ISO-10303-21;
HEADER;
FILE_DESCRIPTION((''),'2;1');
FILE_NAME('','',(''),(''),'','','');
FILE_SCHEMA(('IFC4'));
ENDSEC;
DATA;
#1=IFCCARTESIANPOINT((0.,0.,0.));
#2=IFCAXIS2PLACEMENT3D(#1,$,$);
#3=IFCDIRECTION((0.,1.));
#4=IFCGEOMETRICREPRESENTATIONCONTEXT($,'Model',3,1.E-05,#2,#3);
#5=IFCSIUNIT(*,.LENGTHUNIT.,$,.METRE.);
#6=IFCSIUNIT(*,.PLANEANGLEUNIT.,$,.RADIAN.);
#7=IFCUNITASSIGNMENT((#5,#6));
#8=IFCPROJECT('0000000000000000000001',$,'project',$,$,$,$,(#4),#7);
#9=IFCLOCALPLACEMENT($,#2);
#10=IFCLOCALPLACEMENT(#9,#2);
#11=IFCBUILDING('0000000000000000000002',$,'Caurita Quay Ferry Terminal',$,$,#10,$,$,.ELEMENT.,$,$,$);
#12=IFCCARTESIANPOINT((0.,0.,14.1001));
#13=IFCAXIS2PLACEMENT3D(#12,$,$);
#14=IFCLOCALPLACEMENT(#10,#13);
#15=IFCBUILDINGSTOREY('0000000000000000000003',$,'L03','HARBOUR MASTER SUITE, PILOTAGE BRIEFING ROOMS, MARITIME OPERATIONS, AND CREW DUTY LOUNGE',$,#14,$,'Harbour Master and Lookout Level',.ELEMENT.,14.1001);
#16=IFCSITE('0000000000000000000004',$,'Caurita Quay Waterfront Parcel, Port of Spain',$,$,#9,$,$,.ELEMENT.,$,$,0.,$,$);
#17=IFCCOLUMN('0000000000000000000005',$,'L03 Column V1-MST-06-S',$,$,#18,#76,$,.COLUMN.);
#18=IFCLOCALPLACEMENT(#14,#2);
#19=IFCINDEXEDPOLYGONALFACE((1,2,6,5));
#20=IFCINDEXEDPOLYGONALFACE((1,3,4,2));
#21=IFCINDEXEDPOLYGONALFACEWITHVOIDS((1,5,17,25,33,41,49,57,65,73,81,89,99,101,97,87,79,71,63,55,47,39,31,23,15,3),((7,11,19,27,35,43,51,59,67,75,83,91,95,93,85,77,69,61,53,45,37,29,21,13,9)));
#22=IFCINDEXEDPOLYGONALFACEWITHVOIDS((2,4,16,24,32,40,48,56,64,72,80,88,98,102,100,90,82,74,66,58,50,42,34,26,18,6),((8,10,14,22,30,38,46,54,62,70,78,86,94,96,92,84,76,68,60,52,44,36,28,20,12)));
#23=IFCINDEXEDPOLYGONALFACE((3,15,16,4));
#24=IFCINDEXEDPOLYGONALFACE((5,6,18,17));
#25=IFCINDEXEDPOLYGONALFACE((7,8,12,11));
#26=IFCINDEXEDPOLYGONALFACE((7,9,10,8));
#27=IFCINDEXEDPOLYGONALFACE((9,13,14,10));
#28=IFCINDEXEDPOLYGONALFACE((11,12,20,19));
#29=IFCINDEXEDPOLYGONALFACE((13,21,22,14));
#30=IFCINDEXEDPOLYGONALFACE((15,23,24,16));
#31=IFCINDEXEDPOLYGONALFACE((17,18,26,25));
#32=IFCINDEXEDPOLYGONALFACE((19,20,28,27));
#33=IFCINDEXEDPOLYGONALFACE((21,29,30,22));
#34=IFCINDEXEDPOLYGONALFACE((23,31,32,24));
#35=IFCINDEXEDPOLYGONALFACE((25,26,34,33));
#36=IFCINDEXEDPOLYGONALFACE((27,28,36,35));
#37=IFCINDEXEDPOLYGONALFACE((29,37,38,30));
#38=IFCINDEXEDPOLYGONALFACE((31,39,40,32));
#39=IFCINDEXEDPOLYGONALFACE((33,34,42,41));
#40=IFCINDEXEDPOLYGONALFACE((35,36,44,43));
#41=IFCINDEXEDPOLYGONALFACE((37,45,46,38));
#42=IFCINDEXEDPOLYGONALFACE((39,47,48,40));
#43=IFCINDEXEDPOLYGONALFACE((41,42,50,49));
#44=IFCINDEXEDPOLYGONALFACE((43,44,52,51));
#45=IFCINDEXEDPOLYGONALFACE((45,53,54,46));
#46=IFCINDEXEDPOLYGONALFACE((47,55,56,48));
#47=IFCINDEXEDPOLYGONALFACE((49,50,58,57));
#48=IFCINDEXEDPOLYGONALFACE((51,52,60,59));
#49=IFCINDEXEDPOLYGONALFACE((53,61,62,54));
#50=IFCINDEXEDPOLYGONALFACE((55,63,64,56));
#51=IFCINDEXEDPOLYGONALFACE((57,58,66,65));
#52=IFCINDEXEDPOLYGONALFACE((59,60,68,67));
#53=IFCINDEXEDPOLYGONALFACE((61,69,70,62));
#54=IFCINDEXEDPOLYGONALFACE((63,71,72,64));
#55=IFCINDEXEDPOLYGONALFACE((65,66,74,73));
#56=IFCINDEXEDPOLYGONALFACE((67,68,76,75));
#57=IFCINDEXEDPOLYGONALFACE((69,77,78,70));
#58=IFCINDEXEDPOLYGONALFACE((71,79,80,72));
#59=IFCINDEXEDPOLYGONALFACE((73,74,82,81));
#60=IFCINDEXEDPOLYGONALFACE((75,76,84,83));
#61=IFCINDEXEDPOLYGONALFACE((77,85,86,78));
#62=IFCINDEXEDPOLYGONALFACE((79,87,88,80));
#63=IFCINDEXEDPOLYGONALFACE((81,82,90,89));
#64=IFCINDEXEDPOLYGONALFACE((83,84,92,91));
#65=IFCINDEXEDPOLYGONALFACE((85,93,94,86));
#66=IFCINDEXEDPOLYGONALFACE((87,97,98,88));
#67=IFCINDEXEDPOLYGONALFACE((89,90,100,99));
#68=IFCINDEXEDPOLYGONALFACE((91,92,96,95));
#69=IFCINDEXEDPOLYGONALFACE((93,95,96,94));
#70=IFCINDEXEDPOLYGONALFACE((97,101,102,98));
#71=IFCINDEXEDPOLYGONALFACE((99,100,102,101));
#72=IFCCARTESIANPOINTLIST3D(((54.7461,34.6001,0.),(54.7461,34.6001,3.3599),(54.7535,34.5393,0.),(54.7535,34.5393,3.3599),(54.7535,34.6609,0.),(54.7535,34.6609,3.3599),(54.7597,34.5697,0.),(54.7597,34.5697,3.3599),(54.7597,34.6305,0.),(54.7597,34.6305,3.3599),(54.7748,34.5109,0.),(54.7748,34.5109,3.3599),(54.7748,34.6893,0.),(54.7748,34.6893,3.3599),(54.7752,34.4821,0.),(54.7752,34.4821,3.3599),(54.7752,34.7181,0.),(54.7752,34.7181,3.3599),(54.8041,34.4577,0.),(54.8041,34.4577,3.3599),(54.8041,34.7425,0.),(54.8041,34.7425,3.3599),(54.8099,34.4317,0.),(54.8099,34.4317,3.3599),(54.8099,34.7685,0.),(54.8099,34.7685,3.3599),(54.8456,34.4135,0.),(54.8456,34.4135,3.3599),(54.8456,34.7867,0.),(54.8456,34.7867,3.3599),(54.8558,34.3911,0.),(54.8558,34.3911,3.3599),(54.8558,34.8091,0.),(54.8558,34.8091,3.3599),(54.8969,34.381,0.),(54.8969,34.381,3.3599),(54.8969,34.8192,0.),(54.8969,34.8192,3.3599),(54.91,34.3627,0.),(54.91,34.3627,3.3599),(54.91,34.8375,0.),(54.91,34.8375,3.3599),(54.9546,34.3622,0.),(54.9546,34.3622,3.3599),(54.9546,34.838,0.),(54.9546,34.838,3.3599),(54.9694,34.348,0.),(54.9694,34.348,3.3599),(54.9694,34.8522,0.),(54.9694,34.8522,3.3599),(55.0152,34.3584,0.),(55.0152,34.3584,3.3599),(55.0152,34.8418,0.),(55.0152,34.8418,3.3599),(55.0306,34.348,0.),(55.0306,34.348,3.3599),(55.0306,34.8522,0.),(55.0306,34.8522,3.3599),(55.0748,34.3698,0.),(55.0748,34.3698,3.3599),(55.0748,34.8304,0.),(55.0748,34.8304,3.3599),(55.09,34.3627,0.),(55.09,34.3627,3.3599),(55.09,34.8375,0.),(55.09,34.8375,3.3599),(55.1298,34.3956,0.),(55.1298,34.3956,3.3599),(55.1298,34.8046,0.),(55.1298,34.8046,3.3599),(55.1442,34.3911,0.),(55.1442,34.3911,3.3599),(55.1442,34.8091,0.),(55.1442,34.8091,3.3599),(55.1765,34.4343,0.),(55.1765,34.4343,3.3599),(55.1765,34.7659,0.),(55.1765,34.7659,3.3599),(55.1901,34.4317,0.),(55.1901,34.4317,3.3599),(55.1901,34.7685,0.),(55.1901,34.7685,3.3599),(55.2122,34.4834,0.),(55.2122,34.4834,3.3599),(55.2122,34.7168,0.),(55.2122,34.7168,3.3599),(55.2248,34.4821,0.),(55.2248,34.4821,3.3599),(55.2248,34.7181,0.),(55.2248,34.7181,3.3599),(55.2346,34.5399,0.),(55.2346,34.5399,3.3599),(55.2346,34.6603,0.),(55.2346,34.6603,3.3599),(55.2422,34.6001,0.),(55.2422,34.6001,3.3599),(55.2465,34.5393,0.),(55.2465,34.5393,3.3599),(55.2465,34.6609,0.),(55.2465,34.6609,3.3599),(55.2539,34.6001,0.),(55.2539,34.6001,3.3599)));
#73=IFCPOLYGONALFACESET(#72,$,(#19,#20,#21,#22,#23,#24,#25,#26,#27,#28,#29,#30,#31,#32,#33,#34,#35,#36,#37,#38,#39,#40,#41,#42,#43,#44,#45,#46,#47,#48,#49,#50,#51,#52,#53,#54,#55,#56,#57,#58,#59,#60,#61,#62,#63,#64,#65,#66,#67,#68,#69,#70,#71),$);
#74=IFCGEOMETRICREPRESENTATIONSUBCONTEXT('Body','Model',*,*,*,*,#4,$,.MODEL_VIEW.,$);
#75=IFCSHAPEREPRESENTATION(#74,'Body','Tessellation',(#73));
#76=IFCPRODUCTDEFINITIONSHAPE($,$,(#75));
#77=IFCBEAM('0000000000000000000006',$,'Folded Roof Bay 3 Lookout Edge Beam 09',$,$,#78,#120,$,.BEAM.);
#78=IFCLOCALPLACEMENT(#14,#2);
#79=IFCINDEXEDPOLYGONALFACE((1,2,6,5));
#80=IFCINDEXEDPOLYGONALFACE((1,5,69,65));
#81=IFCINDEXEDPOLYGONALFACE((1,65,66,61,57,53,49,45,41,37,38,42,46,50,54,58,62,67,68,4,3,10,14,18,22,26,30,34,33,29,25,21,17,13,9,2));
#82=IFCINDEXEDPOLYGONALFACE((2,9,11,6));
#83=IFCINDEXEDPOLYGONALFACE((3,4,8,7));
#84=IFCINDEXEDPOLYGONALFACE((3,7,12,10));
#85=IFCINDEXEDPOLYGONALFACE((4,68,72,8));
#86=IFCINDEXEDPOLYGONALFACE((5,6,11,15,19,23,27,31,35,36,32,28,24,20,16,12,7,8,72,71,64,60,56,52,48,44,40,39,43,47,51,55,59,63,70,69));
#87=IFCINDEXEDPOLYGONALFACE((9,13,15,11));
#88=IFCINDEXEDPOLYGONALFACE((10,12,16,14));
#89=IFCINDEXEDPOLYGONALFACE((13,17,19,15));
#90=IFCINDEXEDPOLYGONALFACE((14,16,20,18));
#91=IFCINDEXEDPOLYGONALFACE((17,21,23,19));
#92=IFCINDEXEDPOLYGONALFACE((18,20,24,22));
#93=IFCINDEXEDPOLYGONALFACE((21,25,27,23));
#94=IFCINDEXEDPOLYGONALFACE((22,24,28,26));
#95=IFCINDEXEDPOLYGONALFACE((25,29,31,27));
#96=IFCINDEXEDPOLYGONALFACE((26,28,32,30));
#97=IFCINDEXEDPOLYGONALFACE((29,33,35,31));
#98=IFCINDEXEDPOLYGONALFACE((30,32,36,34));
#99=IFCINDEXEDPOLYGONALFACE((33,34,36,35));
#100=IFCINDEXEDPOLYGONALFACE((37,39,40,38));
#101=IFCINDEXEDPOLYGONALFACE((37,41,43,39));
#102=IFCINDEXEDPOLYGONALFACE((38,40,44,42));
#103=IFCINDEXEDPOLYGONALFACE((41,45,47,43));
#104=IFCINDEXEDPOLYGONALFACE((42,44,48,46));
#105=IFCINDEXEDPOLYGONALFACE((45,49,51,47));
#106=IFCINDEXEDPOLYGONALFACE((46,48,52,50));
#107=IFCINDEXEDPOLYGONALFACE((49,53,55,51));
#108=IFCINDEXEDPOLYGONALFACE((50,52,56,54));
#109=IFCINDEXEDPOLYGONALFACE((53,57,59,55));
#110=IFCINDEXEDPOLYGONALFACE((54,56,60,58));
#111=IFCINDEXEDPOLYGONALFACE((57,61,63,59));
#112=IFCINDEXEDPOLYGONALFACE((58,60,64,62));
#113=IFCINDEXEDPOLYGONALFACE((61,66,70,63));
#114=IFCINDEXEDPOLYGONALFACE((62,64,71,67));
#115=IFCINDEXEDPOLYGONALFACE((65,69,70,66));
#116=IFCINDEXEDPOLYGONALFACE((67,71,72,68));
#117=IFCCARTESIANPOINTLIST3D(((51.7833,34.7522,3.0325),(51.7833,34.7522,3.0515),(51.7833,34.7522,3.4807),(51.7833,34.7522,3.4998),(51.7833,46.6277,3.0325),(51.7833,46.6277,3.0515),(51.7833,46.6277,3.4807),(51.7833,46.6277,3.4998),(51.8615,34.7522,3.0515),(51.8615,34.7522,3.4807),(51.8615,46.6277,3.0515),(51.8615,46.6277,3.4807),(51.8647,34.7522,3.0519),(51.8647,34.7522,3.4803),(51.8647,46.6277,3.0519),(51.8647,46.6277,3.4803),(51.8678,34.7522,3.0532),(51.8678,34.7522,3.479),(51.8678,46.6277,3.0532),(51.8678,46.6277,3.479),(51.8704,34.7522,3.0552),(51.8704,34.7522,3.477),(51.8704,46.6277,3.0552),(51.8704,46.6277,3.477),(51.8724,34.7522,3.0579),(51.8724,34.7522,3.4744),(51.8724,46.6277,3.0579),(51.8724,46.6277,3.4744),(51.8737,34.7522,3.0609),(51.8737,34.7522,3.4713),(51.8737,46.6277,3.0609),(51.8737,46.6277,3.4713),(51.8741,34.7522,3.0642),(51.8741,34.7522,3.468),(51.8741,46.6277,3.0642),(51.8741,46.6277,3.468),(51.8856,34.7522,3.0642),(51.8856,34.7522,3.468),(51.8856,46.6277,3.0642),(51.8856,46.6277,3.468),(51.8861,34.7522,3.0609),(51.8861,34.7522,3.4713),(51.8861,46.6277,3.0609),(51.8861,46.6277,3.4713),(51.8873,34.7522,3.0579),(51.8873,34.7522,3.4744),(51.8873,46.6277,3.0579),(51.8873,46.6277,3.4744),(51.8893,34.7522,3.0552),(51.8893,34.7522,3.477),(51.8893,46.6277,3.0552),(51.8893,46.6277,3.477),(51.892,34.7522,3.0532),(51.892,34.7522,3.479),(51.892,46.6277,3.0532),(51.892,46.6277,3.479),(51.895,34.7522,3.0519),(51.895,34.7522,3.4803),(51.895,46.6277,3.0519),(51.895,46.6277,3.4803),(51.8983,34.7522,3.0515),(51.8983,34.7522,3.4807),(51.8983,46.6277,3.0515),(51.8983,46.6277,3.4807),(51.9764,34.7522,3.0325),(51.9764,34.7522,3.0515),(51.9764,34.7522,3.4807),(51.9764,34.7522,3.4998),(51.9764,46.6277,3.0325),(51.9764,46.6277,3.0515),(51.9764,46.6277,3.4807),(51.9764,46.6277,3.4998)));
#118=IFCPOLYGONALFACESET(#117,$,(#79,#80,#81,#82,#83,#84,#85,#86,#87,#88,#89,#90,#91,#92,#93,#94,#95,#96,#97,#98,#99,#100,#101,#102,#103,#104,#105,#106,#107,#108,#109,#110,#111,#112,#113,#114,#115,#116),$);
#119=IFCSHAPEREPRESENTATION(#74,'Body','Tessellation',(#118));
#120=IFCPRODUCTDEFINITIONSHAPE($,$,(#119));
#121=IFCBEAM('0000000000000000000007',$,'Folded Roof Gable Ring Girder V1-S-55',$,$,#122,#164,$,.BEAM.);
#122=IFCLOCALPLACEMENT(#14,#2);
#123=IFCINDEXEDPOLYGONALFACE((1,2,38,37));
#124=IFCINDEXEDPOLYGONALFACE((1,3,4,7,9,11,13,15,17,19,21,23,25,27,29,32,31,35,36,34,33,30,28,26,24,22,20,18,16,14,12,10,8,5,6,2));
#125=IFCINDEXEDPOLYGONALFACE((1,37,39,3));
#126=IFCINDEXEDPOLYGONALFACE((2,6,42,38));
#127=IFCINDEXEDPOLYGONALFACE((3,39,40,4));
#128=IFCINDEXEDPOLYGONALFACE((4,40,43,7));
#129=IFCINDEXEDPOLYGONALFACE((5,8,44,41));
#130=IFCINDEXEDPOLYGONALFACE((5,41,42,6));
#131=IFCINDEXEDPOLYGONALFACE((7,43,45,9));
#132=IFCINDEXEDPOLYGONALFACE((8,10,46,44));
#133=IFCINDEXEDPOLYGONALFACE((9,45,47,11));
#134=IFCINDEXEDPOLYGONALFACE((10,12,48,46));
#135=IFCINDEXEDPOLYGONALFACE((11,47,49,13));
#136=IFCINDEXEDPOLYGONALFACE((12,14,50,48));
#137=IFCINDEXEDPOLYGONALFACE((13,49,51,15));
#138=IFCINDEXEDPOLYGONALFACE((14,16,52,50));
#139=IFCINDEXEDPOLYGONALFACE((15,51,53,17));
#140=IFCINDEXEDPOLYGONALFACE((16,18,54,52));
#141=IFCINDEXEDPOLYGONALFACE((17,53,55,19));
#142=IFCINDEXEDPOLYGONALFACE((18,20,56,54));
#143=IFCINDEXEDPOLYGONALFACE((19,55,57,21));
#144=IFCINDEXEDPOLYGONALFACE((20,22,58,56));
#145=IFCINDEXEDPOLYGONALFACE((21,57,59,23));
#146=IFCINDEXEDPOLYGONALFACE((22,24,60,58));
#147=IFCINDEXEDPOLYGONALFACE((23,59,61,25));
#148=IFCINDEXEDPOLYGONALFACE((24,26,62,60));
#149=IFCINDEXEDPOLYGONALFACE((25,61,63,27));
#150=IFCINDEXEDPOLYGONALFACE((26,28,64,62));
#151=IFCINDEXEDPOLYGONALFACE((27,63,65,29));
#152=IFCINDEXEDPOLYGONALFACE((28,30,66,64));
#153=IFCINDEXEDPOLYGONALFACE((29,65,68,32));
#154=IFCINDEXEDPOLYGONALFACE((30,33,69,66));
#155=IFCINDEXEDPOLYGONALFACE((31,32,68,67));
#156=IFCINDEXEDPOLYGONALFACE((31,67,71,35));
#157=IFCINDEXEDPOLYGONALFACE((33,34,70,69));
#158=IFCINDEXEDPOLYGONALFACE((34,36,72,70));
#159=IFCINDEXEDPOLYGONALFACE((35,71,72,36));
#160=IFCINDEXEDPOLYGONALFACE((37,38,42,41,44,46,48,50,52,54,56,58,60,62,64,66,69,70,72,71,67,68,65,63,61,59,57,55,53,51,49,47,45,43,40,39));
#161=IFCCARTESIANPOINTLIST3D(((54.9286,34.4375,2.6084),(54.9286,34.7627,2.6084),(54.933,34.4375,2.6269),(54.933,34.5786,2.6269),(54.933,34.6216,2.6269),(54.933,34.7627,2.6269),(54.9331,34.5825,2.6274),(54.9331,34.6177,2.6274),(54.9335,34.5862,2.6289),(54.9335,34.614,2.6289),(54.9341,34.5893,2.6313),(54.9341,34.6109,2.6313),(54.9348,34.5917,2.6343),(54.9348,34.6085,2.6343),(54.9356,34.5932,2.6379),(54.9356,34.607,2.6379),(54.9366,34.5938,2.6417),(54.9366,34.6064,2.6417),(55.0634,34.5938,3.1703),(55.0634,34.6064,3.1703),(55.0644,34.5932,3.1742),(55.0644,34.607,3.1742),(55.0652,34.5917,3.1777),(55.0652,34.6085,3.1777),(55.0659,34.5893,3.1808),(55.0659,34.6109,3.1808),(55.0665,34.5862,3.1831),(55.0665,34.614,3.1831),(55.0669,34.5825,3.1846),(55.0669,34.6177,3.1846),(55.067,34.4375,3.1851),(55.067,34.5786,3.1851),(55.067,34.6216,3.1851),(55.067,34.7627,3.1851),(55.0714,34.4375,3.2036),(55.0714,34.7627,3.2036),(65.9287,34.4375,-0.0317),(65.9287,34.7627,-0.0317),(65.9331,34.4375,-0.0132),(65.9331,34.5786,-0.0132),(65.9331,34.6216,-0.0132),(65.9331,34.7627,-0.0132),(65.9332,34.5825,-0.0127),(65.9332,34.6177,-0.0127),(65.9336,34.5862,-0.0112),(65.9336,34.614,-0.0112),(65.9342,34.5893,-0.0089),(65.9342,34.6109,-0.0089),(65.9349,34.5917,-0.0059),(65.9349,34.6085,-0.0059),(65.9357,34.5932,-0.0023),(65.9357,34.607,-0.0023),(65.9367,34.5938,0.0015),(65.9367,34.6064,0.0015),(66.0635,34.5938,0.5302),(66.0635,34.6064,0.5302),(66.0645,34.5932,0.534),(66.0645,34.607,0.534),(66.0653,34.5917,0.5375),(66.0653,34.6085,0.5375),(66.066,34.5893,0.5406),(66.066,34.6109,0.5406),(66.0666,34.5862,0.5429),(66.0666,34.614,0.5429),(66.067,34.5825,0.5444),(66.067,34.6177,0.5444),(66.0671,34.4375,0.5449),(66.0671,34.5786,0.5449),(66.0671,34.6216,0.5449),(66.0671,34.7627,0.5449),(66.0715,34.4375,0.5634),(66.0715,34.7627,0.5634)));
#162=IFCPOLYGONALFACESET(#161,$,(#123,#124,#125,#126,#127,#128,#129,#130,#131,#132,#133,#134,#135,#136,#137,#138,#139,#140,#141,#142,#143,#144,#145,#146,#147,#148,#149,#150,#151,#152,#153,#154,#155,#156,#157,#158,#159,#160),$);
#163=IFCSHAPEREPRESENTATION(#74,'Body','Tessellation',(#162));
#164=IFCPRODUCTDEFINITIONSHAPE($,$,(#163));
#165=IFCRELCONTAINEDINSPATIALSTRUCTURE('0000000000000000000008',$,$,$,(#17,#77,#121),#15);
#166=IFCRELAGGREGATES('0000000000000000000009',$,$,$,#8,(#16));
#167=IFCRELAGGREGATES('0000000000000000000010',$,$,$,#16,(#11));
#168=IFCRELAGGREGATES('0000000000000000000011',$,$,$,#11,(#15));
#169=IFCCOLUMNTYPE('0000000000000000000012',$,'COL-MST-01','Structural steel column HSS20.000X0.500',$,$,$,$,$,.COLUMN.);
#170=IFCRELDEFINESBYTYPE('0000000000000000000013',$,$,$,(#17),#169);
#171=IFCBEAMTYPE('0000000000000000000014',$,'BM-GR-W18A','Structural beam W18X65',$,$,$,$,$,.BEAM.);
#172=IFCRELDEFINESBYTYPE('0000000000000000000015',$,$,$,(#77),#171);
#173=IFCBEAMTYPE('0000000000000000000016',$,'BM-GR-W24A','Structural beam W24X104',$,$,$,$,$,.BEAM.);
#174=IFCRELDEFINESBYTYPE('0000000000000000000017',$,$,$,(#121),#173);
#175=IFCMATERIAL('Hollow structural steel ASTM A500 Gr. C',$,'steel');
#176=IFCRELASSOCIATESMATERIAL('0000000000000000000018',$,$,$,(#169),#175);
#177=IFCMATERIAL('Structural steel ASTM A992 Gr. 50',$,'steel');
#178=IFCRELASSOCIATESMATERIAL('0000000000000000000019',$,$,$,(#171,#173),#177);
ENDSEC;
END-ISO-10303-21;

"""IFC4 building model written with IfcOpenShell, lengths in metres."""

from ifc_helpers import new_model, si_unit, direction, frame, origin, origin_2d, place, context, subcontext, project, spatial, hollow_circle, i_section, extrude, material, material_profile, profile_set, type_object, element, save


model = new_model("IFC4")

# Units and contexts
model_context = context("Model", 3, precision=1e-05, world=origin(), true_north=direction((0.0, 1.0)))
body_context = subcontext(model_context, "Body", "Model", "MODEL_VIEW")
ifc_project = project(units=[si_unit("LENGTHUNIT", "METRE"), si_unit("PLANEANGLEUNIT", "RADIAN")], contexts=[model_context])

# Site, building, storey
site_placement = place(None, origin())
site = spatial("IfcSite", under=ifc_project, at=site_placement, Name="Caurita Quay Waterfront Parcel, Port of Spain", CompositionType="ELEMENT", RefElevation=0.0)
building_placement = place(site_placement, origin())
building = spatial("IfcBuilding", under=site, at=building_placement, Name="Caurita Quay Ferry Terminal", CompositionType="ELEMENT")
storey_placement = place(building_placement, frame((0.0, 0.0, 14.1001)))
storey = spatial("IfcBuildingStorey", under=building, at=storey_placement, Name="L03", Description="HARBOUR MASTER SUITE, PILOTAGE BRIEFING ROOMS, MARITIME OPERATIONS, AND CREW DUTY LOUNGE", LongName="Harbour Master and Lookout Level", CompositionType="ELEMENT", Elevation=14.1001)

# Column
ifc_material_1 = material(Name="Hollow structural steel ASTM A500 Gr. C", Category="steel")
ifc_material_profile_1 = material_profile(ifc_material_1, hollow_circle(Radius=0.2539, WallThickness=0.0117, at=origin_2d()), Name="HSS20.000X0.500")
ifc_profile_set_1 = profile_set([ifc_material_profile_1], Name="Hollow structural steel ASTM A500 Gr. C")
column_type = type_object("IfcColumnType", Name="COL-MST-01", Description="Structural steel column HSS20.000X0.500", PredefinedType="COLUMN", material=ifc_profile_set_1)
column_placement = place(storey_placement, frame((55.0, 34.6001, 0.0), z_axis=(0.0, 0.0, 1.0), x_axis=(1.0, 0.0, 0.0)))
element("IfcColumn", 1, at=column_placement, inside=storey, type_object=column_type, Name="L03 Column V1-MST-06-S", PredefinedType="COLUMN", context=body_context, shape_type="SweptSolid", body=[
    extrude(hollow_circle(Radius=0.2539, WallThickness=0.0117, at=origin_2d()), origin(), (0.0, 0.0, 1.0), 3.3599),
])

# Beams
ifc_material_2 = material(Name="Structural steel ASTM A992 Gr. 50", Category="steel")
ifc_material_profile_2 = material_profile(ifc_material_2, i_section(OverallWidth=0.1931, OverallDepth=0.4673, WebThickness=0.0115, FlangeThickness=0.019, FilletRadius=0.0127, at=origin_2d()), Name="W18X65")
ifc_profile_set_2 = profile_set([ifc_material_profile_2], Name="Structural steel ASTM A992 Gr. 50")
beam_type_1 = type_object("IfcBeamType", Name="BM-GR-W18A", Description="Structural beam W18X65", PredefinedType="BEAM", material=ifc_profile_set_2)
beam_1_placement = place(storey_placement, frame((51.8799, 46.6277, 3.2661), z_axis=(0.0, -1.0, 0.0), x_axis=(1.0, 0.0, 0.0)))
element("IfcBeam", 2, at=beam_1_placement, inside=storey, type_object=beam_type_1, Name="Folded Roof Bay 3 Lookout Edge Beam 09", PredefinedType="BEAM", context=body_context, shape_type="SweptSolid", body=[
    extrude(i_section(OverallWidth=0.1931, OverallDepth=0.4673, WebThickness=0.0115, FlangeThickness=0.019, FilletRadius=0.0127, at=origin_2d()), origin(), (0.0, 0.0, 1.0), 11.8755),
])
ifc_material_profile_3 = material_profile(ifc_material_2, i_section(OverallWidth=0.3252, OverallDepth=0.6121, WebThickness=0.0127, FlangeThickness=0.019, FilletRadius=0.0151, at=origin_2d()), Name="W24X104")
ifc_profile_set_3 = profile_set([ifc_material_profile_3], Name="Structural steel ASTM A992 Gr. 50")
beam_type_2 = type_object("IfcBeamType", Name="BM-GR-W24A", Description="Structural beam W24X104", PredefinedType="BEAM", material=ifc_profile_set_3)
beam_2_placement = place(storey_placement, frame((55.0, 34.6001, 2.906), z_axis=(0.972385, 0.0, -0.233384), x_axis=(0.0, 1.0, 0.0)))
element("IfcBeam", 3, at=beam_2_placement, inside=storey, type_object=beam_type_2, Name="Folded Roof Gable Ring Girder V1-S-55", PredefinedType="BEAM", context=body_context, shape_type="SweptSolid", body=[
    extrude(i_section(OverallWidth=0.3252, OverallDepth=0.6121, WebThickness=0.0127, FlangeThickness=0.019, FilletRadius=0.0151, at=origin_2d()), origin(), (0.0, 0.0, 1.0), 11.3125),
])

save(model, "model.ifc")
